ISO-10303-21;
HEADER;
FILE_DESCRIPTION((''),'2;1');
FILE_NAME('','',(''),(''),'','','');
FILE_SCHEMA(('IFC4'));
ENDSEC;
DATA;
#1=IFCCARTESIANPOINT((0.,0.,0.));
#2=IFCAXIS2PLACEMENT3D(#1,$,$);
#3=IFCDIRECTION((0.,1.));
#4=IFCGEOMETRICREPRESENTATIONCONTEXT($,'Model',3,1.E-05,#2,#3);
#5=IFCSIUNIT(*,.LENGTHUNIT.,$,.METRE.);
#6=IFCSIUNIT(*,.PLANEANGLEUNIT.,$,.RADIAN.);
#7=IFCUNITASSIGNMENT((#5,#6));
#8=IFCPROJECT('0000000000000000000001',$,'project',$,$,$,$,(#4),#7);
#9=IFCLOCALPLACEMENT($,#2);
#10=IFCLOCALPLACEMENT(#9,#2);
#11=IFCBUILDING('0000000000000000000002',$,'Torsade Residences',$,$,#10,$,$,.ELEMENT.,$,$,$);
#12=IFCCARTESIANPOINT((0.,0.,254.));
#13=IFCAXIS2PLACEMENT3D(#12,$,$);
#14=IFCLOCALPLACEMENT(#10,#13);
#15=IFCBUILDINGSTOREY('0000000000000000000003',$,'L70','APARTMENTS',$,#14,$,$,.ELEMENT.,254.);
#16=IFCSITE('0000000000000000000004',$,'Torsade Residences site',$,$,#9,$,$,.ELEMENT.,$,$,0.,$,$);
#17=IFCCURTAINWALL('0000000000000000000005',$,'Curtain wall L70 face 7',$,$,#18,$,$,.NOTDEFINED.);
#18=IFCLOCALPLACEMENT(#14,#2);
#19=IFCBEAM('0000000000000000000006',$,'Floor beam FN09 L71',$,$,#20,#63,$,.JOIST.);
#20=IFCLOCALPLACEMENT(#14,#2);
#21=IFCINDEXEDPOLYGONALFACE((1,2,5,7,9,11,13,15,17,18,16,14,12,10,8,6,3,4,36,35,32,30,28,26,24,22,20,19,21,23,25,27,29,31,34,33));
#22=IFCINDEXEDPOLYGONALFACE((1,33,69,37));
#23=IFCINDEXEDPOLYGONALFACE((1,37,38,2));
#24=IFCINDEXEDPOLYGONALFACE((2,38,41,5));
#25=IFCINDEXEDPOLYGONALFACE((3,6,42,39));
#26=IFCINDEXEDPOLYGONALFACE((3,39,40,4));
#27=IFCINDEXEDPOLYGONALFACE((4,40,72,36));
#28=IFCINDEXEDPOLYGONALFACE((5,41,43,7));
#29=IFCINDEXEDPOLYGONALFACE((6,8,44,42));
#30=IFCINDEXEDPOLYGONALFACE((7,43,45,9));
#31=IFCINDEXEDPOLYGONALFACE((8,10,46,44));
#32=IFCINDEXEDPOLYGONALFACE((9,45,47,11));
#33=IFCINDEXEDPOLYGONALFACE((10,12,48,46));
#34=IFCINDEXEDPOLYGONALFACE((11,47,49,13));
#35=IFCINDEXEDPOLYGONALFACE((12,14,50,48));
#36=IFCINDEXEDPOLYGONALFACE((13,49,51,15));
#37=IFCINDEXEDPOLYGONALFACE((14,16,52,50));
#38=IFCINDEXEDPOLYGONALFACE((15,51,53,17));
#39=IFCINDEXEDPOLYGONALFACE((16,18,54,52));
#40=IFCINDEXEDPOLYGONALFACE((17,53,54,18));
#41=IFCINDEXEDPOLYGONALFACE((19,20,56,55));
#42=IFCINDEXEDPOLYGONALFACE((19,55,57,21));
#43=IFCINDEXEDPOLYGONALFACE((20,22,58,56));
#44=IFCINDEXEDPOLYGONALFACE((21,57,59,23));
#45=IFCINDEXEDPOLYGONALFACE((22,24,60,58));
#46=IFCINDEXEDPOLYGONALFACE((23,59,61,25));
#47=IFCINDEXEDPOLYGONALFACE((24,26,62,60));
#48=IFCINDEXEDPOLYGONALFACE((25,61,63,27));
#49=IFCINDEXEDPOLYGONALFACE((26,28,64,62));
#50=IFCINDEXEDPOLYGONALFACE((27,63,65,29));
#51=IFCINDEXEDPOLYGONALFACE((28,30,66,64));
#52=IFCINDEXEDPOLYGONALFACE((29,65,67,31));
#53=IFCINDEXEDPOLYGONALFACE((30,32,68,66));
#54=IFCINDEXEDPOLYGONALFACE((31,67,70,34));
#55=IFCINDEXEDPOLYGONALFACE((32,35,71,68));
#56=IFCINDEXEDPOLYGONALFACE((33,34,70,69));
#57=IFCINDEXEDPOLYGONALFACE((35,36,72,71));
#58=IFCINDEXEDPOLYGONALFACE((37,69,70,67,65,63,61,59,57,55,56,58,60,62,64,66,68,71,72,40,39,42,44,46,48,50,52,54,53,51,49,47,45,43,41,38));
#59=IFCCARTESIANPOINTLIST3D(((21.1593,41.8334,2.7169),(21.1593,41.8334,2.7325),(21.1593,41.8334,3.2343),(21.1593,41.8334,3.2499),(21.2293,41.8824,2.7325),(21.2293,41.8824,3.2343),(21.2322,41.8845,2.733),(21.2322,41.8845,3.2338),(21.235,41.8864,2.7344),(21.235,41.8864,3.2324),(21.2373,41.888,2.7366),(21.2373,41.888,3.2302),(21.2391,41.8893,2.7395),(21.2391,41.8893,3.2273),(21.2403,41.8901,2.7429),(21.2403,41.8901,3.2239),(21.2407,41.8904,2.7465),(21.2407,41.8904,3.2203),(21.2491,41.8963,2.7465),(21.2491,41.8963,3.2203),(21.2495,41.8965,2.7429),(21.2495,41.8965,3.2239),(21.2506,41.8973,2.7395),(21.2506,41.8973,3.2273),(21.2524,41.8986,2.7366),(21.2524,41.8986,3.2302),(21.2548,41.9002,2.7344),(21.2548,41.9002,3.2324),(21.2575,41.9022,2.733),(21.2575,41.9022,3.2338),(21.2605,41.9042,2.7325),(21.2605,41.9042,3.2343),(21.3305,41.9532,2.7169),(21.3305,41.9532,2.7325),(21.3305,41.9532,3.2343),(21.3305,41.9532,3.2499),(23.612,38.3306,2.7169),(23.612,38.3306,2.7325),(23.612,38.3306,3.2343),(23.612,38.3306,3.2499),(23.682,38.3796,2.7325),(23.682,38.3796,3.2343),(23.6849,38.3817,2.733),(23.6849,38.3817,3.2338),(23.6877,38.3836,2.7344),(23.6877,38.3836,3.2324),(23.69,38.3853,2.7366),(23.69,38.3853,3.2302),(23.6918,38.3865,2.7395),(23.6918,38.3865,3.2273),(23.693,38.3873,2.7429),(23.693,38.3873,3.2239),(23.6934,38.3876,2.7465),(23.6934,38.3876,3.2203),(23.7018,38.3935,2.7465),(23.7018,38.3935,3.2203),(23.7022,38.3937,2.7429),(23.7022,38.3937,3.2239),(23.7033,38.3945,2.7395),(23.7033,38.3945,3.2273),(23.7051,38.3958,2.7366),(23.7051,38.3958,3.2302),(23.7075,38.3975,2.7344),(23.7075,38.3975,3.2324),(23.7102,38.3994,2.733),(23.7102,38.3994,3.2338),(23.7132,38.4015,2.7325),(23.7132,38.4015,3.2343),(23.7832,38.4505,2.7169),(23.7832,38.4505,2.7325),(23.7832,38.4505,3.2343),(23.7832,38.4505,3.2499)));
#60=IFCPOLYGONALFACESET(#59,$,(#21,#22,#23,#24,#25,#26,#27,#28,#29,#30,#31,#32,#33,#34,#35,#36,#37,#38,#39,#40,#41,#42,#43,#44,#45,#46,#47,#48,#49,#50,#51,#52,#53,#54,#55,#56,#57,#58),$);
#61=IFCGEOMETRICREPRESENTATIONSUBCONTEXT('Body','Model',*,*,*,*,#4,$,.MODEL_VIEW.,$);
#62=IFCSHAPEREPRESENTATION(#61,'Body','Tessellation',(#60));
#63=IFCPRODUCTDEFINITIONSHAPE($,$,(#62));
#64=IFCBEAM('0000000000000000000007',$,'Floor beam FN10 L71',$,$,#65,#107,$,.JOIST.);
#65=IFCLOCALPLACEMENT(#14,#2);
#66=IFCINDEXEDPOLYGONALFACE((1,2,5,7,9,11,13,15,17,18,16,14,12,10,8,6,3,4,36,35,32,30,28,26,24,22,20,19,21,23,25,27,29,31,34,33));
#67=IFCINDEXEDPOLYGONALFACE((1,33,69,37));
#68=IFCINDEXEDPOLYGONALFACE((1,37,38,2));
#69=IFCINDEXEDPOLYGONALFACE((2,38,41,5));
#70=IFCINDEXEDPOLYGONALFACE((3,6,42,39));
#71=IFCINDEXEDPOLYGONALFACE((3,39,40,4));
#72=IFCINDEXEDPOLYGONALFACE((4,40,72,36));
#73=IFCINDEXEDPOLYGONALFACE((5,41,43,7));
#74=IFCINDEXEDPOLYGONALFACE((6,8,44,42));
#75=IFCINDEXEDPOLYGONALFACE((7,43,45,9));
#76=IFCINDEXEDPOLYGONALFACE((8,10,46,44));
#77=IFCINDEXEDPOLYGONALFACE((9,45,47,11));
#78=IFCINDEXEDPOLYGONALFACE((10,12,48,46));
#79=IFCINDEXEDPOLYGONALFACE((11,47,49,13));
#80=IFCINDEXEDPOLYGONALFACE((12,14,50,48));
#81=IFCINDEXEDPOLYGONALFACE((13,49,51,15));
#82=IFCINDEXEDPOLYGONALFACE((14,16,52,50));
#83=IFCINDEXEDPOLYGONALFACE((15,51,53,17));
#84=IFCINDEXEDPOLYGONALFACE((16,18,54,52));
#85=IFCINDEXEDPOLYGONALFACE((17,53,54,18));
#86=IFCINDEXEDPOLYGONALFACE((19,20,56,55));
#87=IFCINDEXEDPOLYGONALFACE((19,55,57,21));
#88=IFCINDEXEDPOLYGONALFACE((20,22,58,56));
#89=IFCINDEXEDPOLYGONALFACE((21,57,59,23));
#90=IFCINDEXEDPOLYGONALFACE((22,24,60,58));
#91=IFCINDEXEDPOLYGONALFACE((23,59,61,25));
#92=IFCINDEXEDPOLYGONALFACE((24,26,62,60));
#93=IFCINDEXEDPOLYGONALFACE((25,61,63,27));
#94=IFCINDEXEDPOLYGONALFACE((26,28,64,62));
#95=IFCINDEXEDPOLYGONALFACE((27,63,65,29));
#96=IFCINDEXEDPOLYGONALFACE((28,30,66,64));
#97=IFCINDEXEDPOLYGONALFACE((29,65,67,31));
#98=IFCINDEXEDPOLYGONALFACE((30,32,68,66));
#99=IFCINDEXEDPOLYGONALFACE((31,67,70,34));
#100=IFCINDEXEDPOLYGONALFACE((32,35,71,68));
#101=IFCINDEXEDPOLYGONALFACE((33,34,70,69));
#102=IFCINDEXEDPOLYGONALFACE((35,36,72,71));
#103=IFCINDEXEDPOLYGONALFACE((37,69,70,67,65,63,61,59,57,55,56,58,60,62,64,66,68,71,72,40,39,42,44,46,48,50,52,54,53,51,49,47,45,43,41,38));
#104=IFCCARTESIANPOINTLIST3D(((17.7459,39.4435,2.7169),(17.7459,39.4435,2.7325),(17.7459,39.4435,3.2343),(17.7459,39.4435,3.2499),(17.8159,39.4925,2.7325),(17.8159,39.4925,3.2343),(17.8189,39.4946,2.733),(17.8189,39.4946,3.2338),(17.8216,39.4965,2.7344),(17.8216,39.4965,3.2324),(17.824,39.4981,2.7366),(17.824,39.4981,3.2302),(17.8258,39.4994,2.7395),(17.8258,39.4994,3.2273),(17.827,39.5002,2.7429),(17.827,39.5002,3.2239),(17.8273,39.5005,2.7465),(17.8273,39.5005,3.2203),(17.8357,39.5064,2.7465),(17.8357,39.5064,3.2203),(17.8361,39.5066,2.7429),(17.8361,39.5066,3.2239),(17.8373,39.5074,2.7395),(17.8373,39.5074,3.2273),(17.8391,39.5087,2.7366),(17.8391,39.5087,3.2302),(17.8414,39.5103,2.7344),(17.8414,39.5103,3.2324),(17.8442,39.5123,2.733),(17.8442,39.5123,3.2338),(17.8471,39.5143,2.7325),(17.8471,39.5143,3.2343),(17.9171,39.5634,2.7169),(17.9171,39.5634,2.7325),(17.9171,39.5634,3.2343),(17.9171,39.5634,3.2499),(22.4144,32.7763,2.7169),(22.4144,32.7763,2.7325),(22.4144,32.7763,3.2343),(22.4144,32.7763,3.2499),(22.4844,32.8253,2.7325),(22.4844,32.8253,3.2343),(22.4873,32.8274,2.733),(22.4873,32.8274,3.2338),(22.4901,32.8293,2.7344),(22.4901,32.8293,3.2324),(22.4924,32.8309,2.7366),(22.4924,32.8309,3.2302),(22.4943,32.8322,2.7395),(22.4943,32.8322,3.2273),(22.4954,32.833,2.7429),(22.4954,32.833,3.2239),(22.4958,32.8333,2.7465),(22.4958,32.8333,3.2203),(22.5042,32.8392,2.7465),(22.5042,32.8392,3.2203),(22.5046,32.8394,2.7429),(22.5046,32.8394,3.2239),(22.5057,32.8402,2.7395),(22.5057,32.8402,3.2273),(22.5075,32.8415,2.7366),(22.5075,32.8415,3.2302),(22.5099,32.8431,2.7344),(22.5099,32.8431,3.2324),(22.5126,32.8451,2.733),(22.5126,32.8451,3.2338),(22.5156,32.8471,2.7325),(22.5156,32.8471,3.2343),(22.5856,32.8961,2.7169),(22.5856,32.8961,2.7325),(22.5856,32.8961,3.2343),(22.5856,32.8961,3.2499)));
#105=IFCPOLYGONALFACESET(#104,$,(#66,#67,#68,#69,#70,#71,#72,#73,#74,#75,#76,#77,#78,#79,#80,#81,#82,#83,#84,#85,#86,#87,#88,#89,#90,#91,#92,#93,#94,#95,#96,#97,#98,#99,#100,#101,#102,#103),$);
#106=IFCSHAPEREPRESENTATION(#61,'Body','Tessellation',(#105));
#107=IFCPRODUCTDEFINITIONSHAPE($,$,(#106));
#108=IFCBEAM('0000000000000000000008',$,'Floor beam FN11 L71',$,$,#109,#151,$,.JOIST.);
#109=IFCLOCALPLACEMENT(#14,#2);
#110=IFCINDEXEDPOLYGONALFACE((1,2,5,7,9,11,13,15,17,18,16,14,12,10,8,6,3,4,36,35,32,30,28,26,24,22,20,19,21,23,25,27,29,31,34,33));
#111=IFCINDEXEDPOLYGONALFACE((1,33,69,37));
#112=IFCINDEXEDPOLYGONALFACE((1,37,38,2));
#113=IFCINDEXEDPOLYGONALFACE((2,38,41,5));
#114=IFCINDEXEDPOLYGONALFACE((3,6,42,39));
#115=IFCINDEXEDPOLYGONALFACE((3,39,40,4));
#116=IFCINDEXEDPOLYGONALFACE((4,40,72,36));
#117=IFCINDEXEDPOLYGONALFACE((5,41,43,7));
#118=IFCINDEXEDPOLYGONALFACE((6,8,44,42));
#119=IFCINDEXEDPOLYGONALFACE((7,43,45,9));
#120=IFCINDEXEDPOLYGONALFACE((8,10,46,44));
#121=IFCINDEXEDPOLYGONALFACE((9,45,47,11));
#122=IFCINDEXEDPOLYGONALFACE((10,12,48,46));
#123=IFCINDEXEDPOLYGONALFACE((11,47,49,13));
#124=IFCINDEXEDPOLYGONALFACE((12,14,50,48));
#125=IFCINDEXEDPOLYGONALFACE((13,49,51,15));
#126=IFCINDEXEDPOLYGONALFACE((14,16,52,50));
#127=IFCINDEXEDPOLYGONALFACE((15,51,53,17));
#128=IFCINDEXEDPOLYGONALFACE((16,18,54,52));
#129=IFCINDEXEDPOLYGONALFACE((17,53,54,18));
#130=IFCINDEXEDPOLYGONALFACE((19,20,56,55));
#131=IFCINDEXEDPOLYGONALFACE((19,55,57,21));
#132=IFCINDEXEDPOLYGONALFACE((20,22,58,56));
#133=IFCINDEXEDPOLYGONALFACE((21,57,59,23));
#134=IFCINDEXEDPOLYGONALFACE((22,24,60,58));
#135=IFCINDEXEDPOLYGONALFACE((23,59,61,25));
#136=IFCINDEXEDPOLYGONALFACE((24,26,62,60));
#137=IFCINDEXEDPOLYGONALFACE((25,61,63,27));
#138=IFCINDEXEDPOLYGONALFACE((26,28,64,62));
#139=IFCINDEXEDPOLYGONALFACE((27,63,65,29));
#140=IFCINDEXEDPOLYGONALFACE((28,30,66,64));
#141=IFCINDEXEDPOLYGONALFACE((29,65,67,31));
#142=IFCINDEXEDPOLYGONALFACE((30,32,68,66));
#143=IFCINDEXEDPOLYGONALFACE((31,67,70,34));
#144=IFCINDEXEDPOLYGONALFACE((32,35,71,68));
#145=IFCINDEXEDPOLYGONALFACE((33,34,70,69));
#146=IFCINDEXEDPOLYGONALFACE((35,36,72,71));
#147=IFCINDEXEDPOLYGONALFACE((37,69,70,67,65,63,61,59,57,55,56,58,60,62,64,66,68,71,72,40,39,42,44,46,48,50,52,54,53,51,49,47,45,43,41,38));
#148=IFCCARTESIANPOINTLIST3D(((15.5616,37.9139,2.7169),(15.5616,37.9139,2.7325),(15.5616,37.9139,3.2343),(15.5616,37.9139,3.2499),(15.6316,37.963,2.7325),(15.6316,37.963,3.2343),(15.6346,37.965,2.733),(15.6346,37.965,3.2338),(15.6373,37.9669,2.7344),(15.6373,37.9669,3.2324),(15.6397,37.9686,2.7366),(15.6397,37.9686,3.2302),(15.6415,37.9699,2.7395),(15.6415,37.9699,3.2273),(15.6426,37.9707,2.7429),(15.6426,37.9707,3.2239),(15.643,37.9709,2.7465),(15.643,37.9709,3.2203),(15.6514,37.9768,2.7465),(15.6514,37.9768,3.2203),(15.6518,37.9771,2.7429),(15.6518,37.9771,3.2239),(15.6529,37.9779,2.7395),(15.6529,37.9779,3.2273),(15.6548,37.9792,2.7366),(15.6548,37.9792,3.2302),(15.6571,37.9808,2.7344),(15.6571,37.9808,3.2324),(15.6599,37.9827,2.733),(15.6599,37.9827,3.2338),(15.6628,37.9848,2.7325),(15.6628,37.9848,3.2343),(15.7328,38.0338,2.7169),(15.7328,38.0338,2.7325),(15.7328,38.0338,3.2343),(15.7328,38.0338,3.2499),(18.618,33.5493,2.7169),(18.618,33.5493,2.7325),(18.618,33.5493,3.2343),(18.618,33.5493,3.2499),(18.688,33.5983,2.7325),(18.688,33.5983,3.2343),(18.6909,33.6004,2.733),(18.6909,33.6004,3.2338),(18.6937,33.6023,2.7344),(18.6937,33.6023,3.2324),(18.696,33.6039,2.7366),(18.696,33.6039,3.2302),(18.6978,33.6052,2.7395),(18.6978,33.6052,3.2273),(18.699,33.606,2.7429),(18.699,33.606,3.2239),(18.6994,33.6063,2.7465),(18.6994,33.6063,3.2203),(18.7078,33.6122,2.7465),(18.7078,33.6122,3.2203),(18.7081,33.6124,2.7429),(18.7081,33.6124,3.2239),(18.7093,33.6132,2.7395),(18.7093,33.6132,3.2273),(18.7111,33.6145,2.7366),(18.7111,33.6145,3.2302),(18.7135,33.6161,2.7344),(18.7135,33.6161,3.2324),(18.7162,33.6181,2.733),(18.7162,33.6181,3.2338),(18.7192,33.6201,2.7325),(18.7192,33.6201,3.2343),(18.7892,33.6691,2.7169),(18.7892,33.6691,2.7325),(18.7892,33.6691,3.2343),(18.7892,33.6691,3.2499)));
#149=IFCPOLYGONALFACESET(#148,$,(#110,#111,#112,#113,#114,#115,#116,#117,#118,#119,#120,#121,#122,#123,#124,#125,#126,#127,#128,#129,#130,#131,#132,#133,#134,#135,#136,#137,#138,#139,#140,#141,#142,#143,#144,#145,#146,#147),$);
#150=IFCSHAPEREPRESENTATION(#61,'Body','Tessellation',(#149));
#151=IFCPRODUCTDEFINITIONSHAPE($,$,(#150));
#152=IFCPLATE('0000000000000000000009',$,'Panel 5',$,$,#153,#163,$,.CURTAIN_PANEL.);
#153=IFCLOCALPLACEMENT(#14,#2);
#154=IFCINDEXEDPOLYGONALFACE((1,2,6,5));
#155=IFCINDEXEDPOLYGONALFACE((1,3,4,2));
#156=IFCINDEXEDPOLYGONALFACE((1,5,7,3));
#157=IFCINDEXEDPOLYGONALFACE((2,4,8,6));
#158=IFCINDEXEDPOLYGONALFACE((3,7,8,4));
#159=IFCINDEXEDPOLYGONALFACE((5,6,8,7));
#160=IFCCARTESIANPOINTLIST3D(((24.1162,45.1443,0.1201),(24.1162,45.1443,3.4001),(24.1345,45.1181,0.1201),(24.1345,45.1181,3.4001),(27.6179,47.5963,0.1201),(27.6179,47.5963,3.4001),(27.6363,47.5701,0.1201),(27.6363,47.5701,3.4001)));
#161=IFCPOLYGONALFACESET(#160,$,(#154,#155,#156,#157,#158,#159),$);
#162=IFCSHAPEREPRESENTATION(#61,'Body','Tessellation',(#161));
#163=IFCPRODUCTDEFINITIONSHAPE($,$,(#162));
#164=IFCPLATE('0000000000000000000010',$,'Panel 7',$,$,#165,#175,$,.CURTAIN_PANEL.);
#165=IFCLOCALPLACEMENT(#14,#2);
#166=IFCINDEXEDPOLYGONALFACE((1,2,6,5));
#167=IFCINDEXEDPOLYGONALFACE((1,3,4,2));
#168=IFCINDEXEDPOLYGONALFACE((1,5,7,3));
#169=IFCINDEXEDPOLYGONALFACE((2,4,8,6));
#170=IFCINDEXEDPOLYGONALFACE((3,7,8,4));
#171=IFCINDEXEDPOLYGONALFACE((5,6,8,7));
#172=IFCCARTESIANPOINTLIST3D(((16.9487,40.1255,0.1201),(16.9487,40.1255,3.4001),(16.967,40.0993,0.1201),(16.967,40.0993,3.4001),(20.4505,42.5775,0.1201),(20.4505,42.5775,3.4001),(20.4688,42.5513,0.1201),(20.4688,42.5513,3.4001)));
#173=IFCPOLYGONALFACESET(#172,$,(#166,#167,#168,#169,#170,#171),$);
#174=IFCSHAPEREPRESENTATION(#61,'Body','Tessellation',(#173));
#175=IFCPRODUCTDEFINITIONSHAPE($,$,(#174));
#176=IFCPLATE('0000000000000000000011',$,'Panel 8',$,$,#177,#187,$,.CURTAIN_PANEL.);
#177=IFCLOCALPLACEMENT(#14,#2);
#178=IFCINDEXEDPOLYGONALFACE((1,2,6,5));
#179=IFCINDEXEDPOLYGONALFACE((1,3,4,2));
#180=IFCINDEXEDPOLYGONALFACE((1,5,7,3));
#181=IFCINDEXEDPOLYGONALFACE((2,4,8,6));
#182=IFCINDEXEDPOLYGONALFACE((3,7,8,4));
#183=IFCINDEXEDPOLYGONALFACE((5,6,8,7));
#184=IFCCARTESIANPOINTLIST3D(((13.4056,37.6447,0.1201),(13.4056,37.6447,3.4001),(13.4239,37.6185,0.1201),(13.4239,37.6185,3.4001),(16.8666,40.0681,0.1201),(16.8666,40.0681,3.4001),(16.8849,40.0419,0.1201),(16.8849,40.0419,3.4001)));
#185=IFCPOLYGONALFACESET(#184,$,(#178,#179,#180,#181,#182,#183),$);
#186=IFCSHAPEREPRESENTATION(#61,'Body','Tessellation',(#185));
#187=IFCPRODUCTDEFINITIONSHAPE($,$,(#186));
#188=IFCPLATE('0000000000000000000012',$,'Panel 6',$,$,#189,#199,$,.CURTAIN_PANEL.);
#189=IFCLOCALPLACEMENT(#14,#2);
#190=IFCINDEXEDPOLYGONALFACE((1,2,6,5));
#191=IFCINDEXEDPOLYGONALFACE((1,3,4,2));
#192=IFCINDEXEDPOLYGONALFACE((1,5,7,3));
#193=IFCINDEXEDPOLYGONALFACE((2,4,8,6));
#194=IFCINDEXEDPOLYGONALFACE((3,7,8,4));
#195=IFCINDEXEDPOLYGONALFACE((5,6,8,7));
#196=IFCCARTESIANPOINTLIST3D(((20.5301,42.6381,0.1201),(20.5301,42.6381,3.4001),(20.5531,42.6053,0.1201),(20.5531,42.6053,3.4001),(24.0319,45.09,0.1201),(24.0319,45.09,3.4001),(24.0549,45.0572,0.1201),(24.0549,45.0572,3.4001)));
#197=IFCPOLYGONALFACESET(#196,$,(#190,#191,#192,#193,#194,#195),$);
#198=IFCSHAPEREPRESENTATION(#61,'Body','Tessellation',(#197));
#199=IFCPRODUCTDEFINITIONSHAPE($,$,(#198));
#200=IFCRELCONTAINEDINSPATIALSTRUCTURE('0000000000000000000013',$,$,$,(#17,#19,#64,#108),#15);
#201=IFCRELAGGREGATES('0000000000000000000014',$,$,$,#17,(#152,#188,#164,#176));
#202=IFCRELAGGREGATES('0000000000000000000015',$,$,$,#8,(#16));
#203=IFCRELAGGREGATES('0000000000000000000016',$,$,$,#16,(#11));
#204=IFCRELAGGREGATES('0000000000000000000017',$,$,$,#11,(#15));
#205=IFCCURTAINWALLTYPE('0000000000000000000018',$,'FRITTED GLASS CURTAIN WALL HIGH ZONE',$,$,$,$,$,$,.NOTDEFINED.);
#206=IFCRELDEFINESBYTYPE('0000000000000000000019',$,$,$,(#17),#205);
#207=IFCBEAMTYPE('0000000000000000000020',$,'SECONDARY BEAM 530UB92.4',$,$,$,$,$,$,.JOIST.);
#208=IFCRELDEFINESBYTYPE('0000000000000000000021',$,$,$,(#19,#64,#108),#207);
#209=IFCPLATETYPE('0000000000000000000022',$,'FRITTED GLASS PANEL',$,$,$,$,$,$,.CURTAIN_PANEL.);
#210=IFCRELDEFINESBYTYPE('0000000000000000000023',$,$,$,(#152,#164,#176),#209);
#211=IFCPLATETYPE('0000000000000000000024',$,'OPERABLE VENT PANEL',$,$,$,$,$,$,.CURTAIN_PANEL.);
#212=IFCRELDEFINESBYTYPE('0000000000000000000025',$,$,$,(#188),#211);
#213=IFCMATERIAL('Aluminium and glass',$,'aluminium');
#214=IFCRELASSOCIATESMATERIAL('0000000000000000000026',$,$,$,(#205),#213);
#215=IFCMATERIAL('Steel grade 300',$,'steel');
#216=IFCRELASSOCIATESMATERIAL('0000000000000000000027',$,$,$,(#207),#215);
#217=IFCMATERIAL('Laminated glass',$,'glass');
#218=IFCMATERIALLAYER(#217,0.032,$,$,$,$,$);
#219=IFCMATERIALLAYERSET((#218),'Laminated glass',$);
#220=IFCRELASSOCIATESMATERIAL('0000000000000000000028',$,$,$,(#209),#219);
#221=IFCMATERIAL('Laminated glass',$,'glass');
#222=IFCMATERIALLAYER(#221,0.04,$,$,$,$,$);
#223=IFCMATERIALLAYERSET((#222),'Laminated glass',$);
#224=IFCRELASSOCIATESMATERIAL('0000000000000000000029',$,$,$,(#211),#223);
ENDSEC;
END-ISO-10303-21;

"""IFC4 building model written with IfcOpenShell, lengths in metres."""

from ifc_helpers import new_model, si_unit, direction, frame, origin, origin_2d, place, context, subcontext, project, spatial, rectangle, i_section, extrude, material, layer, layer_set, material_profile, profile_set, type_object, element, aggregate, save


model = new_model("IFC4")

# Units and contexts
model_context = context("Model", 3, precision=1e-05, world=origin(), true_north=direction((0.0, 1.0)))
body_context = subcontext(model_context, "Body", "Model", "MODEL_VIEW")
ifc_project = project(units=[si_unit("LENGTHUNIT", "METRE"), si_unit("PLANEANGLEUNIT", "RADIAN")], contexts=[model_context])

# Site, building, storey
site_placement = place(None, origin())
site = spatial("IfcSite", under=ifc_project, at=site_placement, Name="Torsade Residences site", CompositionType="ELEMENT", RefElevation=0.0)
building_placement = place(site_placement, origin())
building = spatial("IfcBuilding", under=site, at=building_placement, Name="Torsade Residences", CompositionType="ELEMENT")
storey_placement = place(building_placement, frame((0.0, 0.0, 254.0)))
storey = spatial("IfcBuildingStorey", under=building, at=storey_placement, Name="L70", Description="APARTMENTS", CompositionType="ELEMENT", Elevation=254.0)

# Curtain wall
ifc_material_1 = material(Name="Aluminium and glass", Category="aluminium")
curtain_wall_type = type_object("IfcCurtainWallType", Name="FRITTED GLASS CURTAIN WALL HIGH ZONE", PredefinedType="NOTDEFINED", material=ifc_material_1)
curtain_wall_placement = place(storey_placement, origin())
curtain_wall = element("IfcCurtainWall", 1, at=curtain_wall_placement, inside=storey, type_object=curtain_wall_type, Name="Curtain wall L70 face 7", PredefinedType="NOTDEFINED")

# Beams
ifc_material_2 = material(Name="Steel grade 300", Category="steel")
ifc_material_profile_1 = material_profile(ifc_material_2, i_section(OverallWidth=0.209, OverallDepth=0.533, WebThickness=0.0103, FlangeThickness=0.0156, FilletRadius=0.0139, at=origin_2d()), Name="530UB92.4")
ifc_profile_set_1 = profile_set([ifc_material_profile_1], Name="Steel grade 300")
beam_type_1 = type_object("IfcBeamType", Name="SECONDARY BEAM 530UB92.4", PredefinedType="JOIST", material=ifc_profile_set_1)
beam_1_placement = place(storey_placement, frame((21.2449, 41.8933, 2.9834), z_axis=(0.573581, -0.819149, 0.0), x_axis=(0.819149, 0.573581, 0.0)))
element("IfcBeam", 2, at=beam_1_placement, inside=storey, type_object=beam_type_1, Name="Floor beam FN09 L71", PredefinedType="JOIST", context=body_context, shape_type="SweptSolid", body=[
    extrude(i_section(OverallWidth=0.209, OverallDepth=0.533, WebThickness=0.0103, FlangeThickness=0.0156, FilletRadius=0.0139, at=origin_2d()), origin(), (0.0, 0.0, 1.0), 4.2761),
])
beam_2_placement = place(storey_placement, frame((17.8315, 39.5034, 2.9834), z_axis=(0.573577, -0.819152, 0.0), x_axis=(0.819152, 0.573577, 0.0)))
element("IfcBeam", 3, at=beam_2_placement, inside=storey, type_object=beam_type_1, Name="Floor beam FN10 L71", PredefinedType="JOIST", context=body_context, shape_type="SweptSolid", body=[
    extrude(i_section(OverallWidth=0.209, OverallDepth=0.533, WebThickness=0.0103, FlangeThickness=0.0156, FilletRadius=0.0139, at=origin_2d()), origin(), (0.0, 0.0, 1.0), 8.1392),
])
beam_3_placement = place(storey_placement, frame((15.6472, 37.9739, 2.9834), z_axis=(0.573598, -0.819137, 0.0), x_axis=(0.819137, 0.573598, 0.0)))
element("IfcBeam", 4, at=beam_3_placement, inside=storey, type_object=beam_type_1, Name="Floor beam FN11 L71", PredefinedType="JOIST", context=body_context, shape_type="SweptSolid", body=[
    extrude(i_section(OverallWidth=0.209, OverallDepth=0.533, WebThickness=0.0103, FlangeThickness=0.0156, FilletRadius=0.0139, at=origin_2d()), origin(), (0.0, 0.0, 1.0), 5.3284),
])

# Plates
ifc_material_3 = material(Name="Laminated glass", Category="glass")
ifc_layer_1 = layer(ifc_material_3, 0.032)
ifc_layer_set_1 = layer_set([ifc_layer_1], Name="Laminated glass")
plate_type_1 = type_object("IfcPlateType", Name="FRITTED GLASS PANEL", PredefinedType="CURTAIN_PANEL", material=ifc_layer_set_1)
plate_1_placement = place(storey_placement, frame((25.8762, 46.3572, 0.1201), z_axis=(0.0, 0.0, 1.0), x_axis=(-0.819152, -0.573576, 0.0)))
plate_1 = element("IfcPlate", 5, at=plate_1_placement, type_object=plate_type_1, Name="Panel 5", PredefinedType="CURTAIN_PANEL", context=body_context, shape_type="SweptSolid", body=[
    extrude(rectangle(XDim=4.2749, YDim=0.032, at=origin_2d()), origin(), (0.0, 0.0, 1.0), 3.28),
])
plate_2_placement = place(storey_placement, frame((18.7087, 41.3384, 0.1201), z_axis=(0.0, 0.0, 1.0), x_axis=(-0.819152, -0.573576, 0.0)))
plate_2 = element("IfcPlate", 6, at=plate_2_placement, type_object=plate_type_1, Name="Panel 7", PredefinedType="CURTAIN_PANEL", context=body_context, shape_type="SweptSolid", body=[
    extrude(rectangle(XDim=4.2749, YDim=0.032, at=origin_2d()), origin(), (0.0, 0.0, 1.0), 3.28),
])
plate_3_placement = place(storey_placement, frame((15.1453, 38.8433, 0.1201), z_axis=(0.0, 0.0, 1.0), x_axis=(-0.819152, -0.573576, 0.0)))
plate_3 = element("IfcPlate", 7, at=plate_3_placement, type_object=plate_type_1, Name="Panel 8", PredefinedType="CURTAIN_PANEL", context=body_context, shape_type="SweptSolid", body=[
    extrude(rectangle(XDim=4.2251, YDim=0.032, at=origin_2d()), origin(), (0.0, 0.0, 1.0), 3.28),
])
ifc_material_4 = material(Name="Laminated glass", Category="glass")
ifc_layer_2 = layer(ifc_material_4, 0.04)
ifc_layer_set_2 = layer_set([ifc_layer_2], Name="Laminated glass")
plate_type_2 = type_object("IfcPlateType", Name="OPERABLE VENT PANEL", PredefinedType="CURTAIN_PANEL", material=ifc_layer_set_2)
plate_4_placement = place(storey_placement, frame((22.2925, 43.8477, 0.1201), z_axis=(0.0, 0.0, 1.0), x_axis=(-0.819152, -0.573576, 0.0)))
plate_4 = element("IfcPlate", 8, at=plate_4_placement, type_object=plate_type_2, Name="Panel 6", PredefinedType="CURTAIN_PANEL", context=body_context, shape_type="SweptSolid", body=[
    extrude(rectangle(XDim=4.2749, YDim=0.04, at=origin_2d()), origin(), (0.0, 0.0, 1.0), 3.28),
])
aggregate(curtain_wall, [plate_1, plate_4, plate_2, plate_3])

save(model, "model.ifc")
